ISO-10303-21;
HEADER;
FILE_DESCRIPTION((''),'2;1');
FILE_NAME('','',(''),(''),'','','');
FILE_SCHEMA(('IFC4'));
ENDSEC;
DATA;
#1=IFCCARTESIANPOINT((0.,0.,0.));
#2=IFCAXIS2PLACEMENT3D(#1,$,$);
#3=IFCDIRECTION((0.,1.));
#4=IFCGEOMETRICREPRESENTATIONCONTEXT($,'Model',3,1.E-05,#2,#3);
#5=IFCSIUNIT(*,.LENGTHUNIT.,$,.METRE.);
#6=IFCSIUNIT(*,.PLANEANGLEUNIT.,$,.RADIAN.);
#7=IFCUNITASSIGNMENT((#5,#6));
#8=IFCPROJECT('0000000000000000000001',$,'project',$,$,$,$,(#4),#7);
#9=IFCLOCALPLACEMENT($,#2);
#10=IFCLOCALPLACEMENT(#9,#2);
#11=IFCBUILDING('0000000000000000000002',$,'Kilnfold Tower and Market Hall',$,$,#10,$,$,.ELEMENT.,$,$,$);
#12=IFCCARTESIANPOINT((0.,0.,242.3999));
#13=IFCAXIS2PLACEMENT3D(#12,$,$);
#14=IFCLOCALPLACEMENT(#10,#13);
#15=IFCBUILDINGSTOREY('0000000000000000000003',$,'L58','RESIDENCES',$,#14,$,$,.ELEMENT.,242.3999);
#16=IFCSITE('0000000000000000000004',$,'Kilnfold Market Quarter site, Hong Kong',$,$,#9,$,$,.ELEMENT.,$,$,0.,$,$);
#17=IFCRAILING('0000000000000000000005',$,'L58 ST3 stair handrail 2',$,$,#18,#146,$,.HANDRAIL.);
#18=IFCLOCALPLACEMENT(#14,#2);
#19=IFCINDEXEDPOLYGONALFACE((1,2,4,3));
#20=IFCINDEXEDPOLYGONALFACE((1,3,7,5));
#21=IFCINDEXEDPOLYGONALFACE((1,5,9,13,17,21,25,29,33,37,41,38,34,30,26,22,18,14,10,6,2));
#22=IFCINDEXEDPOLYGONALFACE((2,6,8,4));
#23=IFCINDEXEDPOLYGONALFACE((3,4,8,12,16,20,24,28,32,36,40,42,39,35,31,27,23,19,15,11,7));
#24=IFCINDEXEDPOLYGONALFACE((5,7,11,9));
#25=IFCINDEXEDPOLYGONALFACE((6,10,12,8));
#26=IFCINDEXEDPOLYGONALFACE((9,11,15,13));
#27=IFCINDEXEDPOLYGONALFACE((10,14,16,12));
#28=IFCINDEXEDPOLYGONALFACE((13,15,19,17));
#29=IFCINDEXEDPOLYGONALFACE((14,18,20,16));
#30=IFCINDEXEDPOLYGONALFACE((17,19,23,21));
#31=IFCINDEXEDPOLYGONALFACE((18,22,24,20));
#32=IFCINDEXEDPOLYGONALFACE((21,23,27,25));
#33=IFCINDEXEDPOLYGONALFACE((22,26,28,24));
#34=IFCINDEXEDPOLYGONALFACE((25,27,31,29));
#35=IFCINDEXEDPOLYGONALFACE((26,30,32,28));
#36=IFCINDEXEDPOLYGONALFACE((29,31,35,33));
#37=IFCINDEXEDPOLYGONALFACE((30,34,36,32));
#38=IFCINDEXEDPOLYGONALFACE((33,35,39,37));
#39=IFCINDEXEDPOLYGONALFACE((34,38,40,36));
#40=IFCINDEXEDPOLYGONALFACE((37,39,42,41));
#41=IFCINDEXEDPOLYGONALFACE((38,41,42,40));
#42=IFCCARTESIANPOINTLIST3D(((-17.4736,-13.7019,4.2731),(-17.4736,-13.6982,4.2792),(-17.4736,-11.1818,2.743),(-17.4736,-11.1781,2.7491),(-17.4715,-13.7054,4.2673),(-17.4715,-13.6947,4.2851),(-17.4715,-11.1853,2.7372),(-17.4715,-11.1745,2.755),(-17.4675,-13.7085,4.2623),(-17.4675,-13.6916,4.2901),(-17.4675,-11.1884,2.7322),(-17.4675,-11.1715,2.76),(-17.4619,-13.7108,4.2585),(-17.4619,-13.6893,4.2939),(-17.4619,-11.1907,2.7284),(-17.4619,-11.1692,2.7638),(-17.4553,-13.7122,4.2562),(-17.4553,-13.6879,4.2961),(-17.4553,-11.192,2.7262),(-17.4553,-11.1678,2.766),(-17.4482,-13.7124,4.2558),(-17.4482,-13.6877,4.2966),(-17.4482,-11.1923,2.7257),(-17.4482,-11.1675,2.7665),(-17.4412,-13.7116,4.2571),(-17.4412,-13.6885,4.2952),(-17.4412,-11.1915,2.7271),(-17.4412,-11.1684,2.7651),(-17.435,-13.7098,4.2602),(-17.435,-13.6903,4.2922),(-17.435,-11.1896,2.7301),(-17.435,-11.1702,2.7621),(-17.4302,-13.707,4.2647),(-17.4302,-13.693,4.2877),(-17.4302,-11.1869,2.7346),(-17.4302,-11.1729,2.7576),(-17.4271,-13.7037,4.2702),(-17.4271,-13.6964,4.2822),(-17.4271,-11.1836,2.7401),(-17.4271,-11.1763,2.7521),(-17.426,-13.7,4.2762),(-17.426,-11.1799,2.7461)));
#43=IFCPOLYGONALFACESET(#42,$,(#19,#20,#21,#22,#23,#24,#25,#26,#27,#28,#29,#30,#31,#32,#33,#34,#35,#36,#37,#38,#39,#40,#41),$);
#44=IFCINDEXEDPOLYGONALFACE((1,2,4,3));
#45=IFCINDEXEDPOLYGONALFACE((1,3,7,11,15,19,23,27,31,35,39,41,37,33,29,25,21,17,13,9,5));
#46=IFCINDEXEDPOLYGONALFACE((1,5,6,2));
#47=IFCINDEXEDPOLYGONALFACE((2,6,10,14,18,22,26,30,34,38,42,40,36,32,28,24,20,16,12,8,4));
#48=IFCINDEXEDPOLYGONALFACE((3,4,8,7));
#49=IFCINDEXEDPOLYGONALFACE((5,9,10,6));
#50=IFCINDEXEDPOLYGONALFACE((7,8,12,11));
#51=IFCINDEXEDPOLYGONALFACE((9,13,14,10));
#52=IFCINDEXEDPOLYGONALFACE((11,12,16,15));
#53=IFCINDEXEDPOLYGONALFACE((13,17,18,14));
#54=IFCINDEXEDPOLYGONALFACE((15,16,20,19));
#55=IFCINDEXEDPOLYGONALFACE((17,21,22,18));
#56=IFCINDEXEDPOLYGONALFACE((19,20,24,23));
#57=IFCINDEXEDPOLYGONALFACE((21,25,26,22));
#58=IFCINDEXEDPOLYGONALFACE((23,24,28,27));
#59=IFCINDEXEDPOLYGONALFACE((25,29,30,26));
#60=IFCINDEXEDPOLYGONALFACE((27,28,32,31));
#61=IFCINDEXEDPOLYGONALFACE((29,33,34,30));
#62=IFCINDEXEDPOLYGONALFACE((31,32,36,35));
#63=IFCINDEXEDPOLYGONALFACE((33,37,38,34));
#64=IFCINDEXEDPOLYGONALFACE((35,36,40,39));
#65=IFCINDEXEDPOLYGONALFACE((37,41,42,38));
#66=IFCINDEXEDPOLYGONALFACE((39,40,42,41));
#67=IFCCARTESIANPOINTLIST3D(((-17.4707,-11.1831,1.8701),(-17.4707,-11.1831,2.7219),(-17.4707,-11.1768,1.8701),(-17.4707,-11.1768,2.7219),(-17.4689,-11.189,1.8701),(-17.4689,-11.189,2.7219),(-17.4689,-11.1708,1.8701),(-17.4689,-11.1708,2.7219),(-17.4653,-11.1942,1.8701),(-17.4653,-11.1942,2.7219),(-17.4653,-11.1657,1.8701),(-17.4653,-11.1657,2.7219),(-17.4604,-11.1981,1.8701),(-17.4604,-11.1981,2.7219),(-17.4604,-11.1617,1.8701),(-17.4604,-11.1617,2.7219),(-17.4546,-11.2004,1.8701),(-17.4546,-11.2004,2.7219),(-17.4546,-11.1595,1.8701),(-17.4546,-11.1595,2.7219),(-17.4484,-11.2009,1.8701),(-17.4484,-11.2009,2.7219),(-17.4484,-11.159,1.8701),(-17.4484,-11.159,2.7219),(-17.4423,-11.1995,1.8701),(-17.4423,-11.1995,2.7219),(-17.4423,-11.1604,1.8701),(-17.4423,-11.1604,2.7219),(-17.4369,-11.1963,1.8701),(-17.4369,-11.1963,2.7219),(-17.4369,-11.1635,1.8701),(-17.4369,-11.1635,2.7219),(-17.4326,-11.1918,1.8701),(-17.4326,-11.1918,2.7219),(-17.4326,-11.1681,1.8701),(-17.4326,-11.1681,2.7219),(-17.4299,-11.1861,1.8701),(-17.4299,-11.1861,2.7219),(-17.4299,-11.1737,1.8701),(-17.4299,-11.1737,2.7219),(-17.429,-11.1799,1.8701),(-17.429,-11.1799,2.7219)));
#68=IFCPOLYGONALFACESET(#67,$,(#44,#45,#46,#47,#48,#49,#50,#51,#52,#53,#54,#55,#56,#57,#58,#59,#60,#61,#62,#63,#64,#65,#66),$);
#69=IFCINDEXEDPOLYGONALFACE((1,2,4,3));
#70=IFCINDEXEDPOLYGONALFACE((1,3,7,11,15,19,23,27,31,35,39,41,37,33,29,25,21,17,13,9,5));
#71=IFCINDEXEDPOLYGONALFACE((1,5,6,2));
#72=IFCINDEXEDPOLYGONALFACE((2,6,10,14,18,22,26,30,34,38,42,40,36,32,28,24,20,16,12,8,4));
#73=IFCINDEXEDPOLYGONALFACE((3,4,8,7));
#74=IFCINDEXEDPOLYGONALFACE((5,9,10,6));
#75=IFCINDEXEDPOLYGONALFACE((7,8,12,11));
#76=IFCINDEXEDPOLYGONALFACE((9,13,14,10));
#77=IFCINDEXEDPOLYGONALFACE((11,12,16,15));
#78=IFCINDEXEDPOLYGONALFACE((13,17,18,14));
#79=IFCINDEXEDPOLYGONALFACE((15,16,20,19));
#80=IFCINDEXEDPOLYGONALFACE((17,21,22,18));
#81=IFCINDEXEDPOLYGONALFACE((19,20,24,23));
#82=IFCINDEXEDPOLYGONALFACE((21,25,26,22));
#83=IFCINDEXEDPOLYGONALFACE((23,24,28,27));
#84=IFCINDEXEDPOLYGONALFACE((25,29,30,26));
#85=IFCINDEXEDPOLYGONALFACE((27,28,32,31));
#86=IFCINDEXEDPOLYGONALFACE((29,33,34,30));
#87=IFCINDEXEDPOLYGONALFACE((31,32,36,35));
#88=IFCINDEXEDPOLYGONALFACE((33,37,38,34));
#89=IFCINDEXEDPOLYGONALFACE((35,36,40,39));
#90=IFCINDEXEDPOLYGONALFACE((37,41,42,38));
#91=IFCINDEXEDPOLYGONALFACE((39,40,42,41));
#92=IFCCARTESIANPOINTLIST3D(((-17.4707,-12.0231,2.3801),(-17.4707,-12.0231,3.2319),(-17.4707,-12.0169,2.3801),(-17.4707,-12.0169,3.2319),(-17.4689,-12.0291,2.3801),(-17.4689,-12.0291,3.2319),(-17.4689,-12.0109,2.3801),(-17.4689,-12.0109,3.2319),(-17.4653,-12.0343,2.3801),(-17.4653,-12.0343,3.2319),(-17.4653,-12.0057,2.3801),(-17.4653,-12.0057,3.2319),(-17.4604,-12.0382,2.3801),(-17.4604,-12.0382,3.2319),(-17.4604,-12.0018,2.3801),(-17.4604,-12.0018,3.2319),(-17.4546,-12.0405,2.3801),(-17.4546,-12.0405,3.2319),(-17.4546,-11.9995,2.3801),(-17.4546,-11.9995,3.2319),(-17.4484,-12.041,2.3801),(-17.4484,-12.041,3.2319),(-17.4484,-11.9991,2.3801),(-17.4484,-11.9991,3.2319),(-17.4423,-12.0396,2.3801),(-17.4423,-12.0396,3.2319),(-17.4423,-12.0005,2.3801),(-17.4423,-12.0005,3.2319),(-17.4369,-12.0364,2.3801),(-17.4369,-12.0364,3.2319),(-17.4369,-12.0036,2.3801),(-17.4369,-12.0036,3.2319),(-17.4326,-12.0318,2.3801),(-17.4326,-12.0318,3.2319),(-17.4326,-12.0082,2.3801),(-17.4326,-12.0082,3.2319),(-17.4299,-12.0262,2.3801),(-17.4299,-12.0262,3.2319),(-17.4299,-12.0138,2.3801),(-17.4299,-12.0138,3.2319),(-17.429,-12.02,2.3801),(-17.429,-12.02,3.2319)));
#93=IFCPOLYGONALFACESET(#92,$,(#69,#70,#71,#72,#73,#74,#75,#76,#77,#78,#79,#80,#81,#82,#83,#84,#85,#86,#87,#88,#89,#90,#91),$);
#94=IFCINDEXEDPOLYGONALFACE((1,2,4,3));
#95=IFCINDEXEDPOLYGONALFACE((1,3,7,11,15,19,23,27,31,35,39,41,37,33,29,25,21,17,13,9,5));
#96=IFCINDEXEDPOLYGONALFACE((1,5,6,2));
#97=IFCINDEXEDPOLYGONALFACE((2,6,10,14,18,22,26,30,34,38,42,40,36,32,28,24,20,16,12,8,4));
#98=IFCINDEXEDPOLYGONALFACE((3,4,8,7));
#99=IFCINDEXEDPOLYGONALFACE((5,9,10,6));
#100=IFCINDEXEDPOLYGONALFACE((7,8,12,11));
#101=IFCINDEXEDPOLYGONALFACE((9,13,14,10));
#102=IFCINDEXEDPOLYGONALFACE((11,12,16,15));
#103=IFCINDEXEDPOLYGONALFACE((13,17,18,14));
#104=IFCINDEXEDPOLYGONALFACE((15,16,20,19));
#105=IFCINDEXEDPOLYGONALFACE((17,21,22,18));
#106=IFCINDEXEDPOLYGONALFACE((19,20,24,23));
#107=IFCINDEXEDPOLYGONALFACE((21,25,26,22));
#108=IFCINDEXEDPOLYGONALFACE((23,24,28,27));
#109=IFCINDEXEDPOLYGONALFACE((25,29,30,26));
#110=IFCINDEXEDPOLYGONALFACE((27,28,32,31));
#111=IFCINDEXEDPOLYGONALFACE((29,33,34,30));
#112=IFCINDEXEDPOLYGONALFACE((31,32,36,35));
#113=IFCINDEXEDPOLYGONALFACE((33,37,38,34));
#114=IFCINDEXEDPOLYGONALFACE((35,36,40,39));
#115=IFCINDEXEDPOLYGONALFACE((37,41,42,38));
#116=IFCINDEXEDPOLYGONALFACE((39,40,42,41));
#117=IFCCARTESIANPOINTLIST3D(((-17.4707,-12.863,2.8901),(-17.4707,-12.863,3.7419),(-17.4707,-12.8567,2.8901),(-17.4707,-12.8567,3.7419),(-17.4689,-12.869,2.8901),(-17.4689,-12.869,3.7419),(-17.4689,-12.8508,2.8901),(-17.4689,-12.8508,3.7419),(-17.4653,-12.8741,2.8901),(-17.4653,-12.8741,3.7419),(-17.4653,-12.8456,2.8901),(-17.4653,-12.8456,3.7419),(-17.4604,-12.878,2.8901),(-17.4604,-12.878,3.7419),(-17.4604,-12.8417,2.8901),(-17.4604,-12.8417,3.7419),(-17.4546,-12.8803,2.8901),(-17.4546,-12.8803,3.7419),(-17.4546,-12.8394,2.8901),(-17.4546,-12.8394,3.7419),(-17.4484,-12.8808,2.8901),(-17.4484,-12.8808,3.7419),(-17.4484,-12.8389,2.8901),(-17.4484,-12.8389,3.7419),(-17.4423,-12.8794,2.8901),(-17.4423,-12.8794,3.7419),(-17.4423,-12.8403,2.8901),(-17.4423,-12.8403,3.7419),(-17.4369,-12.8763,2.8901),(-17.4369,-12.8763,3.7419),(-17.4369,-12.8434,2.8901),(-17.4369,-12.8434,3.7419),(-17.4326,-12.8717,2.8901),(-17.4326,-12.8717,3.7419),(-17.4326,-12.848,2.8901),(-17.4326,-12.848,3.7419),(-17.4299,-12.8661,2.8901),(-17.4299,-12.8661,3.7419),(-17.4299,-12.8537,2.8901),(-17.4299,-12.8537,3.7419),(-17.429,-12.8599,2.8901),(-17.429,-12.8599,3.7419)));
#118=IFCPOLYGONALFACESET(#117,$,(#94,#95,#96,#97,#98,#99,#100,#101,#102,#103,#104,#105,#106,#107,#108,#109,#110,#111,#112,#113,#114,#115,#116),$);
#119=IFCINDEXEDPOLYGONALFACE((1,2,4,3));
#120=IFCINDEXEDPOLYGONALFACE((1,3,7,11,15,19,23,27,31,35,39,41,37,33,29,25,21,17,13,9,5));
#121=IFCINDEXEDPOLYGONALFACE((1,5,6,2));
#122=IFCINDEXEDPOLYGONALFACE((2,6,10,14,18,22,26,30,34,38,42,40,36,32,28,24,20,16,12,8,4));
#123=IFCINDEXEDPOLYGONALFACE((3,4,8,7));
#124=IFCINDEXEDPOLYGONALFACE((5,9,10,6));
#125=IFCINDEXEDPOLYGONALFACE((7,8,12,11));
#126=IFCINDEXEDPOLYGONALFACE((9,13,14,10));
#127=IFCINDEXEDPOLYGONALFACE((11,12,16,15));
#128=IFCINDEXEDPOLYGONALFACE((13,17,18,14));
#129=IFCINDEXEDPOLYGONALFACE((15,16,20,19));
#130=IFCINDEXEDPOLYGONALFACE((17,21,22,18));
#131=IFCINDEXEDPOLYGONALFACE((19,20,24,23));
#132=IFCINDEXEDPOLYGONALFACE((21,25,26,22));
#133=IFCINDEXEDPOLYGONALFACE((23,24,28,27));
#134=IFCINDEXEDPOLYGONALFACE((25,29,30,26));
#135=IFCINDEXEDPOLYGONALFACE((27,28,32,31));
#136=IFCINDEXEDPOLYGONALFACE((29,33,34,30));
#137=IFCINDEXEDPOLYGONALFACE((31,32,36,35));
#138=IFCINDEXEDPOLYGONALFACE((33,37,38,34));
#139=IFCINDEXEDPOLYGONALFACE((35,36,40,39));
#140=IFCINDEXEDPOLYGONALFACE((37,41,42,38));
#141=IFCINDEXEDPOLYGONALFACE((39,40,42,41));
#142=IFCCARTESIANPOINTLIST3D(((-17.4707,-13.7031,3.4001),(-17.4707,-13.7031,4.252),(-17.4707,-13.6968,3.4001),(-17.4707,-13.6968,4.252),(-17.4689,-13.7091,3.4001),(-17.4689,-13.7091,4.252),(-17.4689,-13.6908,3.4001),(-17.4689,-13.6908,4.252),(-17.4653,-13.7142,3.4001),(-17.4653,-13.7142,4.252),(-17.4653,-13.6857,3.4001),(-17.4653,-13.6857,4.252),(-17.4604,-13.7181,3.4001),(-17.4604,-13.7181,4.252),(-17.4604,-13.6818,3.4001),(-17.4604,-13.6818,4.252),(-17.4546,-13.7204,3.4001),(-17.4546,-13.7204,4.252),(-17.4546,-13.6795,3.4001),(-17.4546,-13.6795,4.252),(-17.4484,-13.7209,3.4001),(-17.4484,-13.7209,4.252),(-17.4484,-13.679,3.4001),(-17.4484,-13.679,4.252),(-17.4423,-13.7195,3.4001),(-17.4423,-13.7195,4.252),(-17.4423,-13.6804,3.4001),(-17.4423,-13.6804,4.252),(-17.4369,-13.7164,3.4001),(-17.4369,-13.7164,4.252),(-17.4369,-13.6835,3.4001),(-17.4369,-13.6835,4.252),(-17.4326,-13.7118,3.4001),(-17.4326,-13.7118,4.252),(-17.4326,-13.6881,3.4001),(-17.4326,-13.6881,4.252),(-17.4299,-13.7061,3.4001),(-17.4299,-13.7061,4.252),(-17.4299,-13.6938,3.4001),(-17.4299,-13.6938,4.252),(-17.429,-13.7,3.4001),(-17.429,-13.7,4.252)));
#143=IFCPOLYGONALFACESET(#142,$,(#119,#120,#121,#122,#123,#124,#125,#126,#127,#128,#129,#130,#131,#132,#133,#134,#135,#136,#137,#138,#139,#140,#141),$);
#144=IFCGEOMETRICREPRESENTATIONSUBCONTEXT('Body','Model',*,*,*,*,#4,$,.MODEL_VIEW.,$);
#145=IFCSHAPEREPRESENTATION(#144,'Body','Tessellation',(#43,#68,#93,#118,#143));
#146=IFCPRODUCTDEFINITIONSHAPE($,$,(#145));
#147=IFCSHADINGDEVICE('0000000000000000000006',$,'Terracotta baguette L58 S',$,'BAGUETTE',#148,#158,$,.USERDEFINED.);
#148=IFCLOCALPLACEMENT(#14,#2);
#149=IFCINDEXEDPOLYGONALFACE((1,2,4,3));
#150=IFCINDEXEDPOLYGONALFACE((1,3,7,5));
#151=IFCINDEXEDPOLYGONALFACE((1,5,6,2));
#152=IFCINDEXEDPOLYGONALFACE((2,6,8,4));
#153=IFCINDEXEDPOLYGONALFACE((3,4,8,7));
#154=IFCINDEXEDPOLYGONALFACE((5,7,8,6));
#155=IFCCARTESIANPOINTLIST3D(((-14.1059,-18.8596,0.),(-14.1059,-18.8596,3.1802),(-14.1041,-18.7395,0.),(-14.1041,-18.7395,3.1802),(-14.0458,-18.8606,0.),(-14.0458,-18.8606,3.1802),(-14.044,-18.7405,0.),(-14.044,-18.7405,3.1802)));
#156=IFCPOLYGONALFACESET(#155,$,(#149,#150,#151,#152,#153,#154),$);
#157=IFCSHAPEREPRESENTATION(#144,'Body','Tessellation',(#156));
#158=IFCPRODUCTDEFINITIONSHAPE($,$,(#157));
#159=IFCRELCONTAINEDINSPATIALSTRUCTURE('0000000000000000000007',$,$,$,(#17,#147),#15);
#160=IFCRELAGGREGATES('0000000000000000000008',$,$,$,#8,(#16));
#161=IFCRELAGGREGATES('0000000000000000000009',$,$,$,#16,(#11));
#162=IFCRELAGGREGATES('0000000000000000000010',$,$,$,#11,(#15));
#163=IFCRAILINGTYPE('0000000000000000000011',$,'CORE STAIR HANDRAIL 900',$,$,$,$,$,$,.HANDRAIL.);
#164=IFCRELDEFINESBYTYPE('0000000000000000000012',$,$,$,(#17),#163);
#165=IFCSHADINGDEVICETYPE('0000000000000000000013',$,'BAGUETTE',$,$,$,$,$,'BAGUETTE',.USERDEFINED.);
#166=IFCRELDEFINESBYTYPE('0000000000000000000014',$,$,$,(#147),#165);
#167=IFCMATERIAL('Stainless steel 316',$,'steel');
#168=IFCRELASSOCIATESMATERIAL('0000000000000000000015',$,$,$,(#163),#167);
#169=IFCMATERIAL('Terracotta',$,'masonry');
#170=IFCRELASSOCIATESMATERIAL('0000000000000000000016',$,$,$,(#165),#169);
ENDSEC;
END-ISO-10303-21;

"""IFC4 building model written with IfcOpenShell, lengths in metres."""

from ifc_helpers import new_model, si_unit, direction, frame, origin, origin_2d, place, context, subcontext, project, spatial, rectangle, circle, extrude, source, transform, mapped, material, material_profile, profile_set, type_object, element, save


model = new_model("IFC4")

# Units and contexts
model_context = context("Model", 3, precision=1e-05, world=origin(), true_north=direction((0.0, 1.0)))
body_context = subcontext(model_context, "Body", "Model", "MODEL_VIEW")
ifc_project = project(units=[si_unit("LENGTHUNIT", "METRE"), si_unit("PLANEANGLEUNIT", "RADIAN")], contexts=[model_context])

# Site, building, storey
site_placement = place(None, origin())
site = spatial("IfcSite", under=ifc_project, at=site_placement, Name="Kilnfold Market Quarter site, Hong Kong", CompositionType="ELEMENT", RefElevation=0.0)
building_placement = place(site_placement, origin())
building = spatial("IfcBuilding", under=site, at=building_placement, Name="Kilnfold Tower and Market Hall", CompositionType="ELEMENT")
storey_placement = place(building_placement, frame((0.0, 0.0, 242.3999)))
storey = spatial("IfcBuildingStorey", under=building, at=storey_placement, Name="L58", Description="RESIDENCES", CompositionType="ELEMENT", Elevation=242.3999)

# Railing
ifc_material_1 = material(Name="Stainless steel 316", Category="steel")
railing_type_1 = type_object("IfcRailingType", Name="CORE STAIR HANDRAIL 900", PredefinedType="HANDRAIL", material=ifc_material_1)
railing_1_placement = place(storey_placement, frame((-17.45, -11.1799, 1.8701)))
element("IfcRailing", 1, at=railing_1_placement, inside=storey, type_object=railing_type_1, Name="L58 ST3 stair handrail 2", PredefinedType="HANDRAIL", context=body_context, shape_type="SweptSolid", body=[
    extrude(circle(Radius=0.0239, at=origin_2d()), frame((0.0, 0.0, 0.876), z_axis=(0.0, -0.854785, 0.518982), x_axis=(1.0, 0.0, 0.0)), (0.0, 0.0, 1.0), 2.9482),
    extrude(circle(Radius=0.021, at=origin_2d()), origin(), (0.0, 0.0, 1.0), 0.8518),
    extrude(circle(Radius=0.021, at=origin_2d()), frame((0.0, -0.8401, 0.51)), (0.0, 0.0, 1.0), 0.8518),
    extrude(circle(Radius=0.021, at=origin_2d()), frame((0.0, -1.6799, 1.02)), (0.0, 0.0, 1.0), 0.8518),
    extrude(circle(Radius=0.021, at=origin_2d()), frame((0.0, -2.52, 1.53)), (0.0, 0.0, 1.0), 0.8518),
])

# Shading device
ifc_material_2 = material(Name="Terracotta", Category="masonry")
ifc_material_profile_1 = material_profile(ifc_material_2, rectangle(XDim=0.0601, YDim=0.1201, at=origin_2d()), Name="BAG 60x120")
ifc_profile_set_1 = profile_set([ifc_material_profile_1], Name="Terracotta")
shading_device_type = type_object("IfcShadingDeviceType", Name="BAGUETTE", ElementType="BAGUETTE", PredefinedType="USERDEFINED", material=ifc_profile_set_1)
shared_shape_1 = source(origin(), body_context, "Body", "SweptSolid", [
    extrude(rectangle(XDim=0.0601, YDim=0.1201, at=origin_2d()), origin(), (0.0, 0.0, 1.0), 3.1802),
])
shading_device_placement = place(storey_placement, frame((-14.075, -18.8, 0.0), z_axis=(0.0, 0.0, 1.0), x_axis=(0.999883, -0.015322, 0.0)))
element("IfcShadingDevice", 2, at=shading_device_placement, inside=storey, type_object=shading_device_type, Name="Terracotta baguette L58 S", ObjectType="BAGUETTE", PredefinedType="USERDEFINED", context=body_context, shape_type="MappedRepresentation", body=[
    mapped(shared_shape_1, transform((0.0, 0.0, 0.0))),
])

save(model, "model.ifc")
